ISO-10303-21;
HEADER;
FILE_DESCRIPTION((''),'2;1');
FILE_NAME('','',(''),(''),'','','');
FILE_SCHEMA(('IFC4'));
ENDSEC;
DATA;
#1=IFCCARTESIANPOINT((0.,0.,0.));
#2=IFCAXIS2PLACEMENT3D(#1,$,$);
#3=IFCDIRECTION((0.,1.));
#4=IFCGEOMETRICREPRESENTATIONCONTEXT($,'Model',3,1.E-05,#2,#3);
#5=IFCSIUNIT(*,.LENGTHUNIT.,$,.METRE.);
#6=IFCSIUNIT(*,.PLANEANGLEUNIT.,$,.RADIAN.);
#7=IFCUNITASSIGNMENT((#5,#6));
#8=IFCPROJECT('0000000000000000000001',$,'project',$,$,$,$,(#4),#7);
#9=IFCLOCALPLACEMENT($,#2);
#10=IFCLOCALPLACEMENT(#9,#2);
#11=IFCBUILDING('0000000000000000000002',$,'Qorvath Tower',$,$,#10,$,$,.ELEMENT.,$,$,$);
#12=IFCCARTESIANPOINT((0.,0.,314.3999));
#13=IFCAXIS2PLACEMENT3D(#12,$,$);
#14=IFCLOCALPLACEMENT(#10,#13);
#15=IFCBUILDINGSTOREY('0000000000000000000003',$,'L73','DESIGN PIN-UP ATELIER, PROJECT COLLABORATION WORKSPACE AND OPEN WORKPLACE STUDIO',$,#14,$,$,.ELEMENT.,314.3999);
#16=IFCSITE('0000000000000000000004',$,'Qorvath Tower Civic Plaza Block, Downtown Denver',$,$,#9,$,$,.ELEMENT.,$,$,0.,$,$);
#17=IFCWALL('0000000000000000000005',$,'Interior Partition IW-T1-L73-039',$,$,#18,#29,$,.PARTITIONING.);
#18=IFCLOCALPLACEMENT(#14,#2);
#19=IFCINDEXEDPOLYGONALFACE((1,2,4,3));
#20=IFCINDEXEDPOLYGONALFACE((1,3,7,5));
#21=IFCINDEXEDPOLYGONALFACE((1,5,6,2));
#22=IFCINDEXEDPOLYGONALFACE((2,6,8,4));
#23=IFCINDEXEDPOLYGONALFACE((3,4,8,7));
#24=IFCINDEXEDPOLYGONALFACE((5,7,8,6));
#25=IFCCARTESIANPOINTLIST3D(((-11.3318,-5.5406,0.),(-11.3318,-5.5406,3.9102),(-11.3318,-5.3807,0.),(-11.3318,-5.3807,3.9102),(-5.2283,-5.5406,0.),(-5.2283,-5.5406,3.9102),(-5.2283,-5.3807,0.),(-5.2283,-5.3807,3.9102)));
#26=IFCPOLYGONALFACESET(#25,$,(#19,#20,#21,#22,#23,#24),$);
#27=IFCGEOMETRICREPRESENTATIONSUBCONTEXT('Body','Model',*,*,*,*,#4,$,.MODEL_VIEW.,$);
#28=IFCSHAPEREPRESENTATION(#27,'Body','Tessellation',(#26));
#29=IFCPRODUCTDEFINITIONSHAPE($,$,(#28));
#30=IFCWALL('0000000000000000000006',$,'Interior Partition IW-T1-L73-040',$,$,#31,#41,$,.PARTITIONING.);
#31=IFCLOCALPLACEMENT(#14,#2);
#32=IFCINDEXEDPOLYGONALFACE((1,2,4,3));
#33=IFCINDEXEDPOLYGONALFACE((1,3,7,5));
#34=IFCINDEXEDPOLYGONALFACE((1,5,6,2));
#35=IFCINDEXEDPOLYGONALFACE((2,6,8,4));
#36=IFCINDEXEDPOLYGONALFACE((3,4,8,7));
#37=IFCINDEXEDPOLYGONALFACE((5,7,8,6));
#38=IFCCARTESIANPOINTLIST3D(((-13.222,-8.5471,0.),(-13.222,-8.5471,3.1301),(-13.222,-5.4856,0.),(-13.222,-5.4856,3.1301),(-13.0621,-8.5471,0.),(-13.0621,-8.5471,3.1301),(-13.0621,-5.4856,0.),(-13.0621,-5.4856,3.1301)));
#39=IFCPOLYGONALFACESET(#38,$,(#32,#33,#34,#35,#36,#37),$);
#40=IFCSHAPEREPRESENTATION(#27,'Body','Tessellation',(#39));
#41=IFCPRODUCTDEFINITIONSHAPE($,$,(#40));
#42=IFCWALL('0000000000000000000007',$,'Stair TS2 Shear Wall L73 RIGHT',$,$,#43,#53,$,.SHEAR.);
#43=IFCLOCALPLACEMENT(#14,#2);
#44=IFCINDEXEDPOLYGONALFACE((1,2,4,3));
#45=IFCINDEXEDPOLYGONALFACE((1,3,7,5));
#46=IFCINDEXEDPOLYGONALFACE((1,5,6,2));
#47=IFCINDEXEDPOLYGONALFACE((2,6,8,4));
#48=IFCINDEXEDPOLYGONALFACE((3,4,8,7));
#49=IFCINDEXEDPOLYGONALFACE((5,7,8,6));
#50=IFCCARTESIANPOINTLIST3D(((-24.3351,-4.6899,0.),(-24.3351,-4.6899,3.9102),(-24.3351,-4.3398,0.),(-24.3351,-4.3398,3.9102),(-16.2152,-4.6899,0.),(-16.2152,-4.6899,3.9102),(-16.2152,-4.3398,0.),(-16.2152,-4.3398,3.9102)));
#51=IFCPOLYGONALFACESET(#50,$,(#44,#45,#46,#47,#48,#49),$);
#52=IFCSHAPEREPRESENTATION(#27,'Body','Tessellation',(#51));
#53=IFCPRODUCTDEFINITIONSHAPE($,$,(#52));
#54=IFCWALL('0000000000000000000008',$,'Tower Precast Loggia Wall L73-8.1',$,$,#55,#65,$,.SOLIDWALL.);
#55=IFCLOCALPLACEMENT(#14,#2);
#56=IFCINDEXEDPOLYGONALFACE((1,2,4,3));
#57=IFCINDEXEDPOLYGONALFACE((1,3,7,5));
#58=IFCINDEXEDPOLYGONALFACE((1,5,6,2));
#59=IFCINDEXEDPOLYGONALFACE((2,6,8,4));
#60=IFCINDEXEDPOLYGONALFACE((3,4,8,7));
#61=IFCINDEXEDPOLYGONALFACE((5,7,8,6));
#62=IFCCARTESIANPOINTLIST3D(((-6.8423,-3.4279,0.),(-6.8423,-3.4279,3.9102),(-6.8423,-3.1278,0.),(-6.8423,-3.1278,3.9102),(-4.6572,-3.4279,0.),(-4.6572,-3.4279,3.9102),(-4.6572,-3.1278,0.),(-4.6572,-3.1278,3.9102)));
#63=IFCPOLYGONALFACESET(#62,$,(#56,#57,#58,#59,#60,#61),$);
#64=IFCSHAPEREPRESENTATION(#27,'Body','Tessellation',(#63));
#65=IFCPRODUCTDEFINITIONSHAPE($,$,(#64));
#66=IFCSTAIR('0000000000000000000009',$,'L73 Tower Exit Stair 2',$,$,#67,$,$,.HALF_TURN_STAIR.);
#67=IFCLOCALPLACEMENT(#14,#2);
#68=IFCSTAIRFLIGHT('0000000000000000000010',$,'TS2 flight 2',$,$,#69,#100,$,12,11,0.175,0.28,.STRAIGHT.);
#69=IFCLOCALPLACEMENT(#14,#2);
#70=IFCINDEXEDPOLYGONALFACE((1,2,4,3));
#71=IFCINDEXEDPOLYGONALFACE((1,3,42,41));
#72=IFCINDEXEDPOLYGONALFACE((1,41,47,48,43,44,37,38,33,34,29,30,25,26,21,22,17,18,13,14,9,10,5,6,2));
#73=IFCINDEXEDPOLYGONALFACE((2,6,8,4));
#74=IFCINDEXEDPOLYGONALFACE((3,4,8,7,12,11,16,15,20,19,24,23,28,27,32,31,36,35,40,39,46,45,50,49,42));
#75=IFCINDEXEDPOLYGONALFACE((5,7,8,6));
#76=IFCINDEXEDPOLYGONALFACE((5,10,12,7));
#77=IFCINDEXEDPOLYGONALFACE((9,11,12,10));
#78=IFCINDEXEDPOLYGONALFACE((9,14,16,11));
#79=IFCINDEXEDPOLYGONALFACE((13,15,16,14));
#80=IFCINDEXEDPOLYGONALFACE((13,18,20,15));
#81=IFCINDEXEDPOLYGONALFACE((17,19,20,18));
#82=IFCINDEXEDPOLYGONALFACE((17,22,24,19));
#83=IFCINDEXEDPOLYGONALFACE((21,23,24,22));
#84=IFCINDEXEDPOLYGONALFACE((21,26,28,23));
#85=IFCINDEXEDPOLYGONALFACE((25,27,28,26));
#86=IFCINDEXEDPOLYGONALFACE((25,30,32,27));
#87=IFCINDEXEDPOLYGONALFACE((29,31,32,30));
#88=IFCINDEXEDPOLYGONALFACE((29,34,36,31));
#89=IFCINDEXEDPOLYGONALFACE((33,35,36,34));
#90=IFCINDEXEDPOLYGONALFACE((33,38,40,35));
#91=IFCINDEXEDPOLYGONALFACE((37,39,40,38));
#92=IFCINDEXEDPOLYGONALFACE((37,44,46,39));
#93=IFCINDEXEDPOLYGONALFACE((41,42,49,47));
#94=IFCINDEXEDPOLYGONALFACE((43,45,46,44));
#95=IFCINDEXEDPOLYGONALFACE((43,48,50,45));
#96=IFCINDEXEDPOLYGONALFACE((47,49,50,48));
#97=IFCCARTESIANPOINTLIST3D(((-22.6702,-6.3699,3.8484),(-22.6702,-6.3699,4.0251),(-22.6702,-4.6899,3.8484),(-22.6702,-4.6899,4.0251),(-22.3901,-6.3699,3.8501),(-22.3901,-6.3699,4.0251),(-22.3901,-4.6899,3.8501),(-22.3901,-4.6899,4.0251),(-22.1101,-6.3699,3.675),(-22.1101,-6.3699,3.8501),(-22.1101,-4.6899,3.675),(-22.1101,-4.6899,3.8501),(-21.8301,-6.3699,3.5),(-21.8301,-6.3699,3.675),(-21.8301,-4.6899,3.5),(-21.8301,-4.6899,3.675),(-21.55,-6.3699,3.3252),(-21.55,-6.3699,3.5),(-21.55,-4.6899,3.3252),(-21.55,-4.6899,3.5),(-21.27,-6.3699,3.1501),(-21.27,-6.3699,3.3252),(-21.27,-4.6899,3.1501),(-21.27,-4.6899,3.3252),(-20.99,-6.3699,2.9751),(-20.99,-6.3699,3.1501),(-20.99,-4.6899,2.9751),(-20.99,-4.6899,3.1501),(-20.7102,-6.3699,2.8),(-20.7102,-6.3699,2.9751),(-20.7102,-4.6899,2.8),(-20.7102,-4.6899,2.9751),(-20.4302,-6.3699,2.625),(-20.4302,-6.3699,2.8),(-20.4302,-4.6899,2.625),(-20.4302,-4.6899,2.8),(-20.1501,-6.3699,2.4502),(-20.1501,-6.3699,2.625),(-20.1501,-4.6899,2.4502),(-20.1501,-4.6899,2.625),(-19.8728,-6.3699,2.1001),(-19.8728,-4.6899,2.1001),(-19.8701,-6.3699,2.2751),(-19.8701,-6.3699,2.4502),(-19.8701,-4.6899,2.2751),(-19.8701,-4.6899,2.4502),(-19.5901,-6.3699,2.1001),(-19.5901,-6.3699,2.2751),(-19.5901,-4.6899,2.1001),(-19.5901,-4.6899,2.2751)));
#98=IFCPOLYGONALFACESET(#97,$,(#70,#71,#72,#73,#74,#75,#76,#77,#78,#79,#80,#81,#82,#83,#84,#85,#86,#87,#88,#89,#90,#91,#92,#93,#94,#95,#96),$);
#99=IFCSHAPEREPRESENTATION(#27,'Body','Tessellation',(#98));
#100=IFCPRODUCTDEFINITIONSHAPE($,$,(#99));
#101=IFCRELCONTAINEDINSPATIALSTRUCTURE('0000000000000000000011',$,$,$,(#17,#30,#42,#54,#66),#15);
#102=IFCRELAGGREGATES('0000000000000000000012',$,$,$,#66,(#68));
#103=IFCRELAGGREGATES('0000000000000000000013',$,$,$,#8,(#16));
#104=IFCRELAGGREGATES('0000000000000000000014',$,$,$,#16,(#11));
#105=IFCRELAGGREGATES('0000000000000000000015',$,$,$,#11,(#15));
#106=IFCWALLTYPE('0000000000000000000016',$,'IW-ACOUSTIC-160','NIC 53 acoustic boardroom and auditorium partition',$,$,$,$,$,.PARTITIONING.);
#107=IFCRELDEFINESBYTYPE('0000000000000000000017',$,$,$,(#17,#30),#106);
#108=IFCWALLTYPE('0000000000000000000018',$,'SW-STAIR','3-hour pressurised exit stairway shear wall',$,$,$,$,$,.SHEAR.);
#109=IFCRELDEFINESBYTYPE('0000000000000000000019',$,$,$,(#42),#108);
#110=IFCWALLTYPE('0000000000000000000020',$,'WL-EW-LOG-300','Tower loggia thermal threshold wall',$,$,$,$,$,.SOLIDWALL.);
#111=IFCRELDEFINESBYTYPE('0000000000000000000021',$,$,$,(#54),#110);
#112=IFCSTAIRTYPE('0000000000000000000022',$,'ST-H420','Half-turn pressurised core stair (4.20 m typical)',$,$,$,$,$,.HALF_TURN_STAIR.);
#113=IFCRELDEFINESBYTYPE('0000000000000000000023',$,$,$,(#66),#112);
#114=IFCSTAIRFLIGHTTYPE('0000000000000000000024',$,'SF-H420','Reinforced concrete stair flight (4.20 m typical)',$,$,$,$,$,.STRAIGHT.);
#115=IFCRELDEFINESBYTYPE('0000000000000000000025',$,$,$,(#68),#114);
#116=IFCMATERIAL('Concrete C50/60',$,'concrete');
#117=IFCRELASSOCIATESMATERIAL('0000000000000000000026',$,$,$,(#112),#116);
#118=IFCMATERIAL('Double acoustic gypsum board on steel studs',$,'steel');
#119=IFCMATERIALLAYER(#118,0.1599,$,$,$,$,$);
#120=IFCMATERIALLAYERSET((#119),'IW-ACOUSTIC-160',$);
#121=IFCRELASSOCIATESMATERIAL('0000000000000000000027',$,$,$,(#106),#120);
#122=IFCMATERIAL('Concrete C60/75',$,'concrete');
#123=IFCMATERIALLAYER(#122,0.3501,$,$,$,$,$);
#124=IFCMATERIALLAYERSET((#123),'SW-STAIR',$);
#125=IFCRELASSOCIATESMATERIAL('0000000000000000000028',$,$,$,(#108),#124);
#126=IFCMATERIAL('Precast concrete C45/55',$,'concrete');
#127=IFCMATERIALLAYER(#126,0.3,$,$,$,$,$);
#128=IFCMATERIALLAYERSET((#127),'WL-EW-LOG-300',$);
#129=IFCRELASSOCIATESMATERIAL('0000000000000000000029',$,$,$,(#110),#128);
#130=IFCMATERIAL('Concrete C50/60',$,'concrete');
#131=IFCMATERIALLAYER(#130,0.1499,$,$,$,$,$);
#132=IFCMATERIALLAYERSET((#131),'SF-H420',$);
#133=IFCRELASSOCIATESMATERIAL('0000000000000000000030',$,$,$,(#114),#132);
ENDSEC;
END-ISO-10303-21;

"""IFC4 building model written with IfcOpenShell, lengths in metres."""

from ifc_helpers import new_model, si_unit, direction, frame, frame_2d, origin, place, context, subcontext, project, spatial, polyline, rectangle, outline, extrude, material, layer, layer_set, type_object, element, aggregate, save


model = new_model("IFC4")

# Units and contexts
model_context = context("Model", 3, precision=1e-05, world=origin(), true_north=direction((0.0, 1.0)))
body_context = subcontext(model_context, "Body", "Model", "MODEL_VIEW")
ifc_project = project(units=[si_unit("LENGTHUNIT", "METRE"), si_unit("PLANEANGLEUNIT", "RADIAN")], contexts=[model_context])

# Site, building, storey
site_placement = place(None, origin())
site = spatial("IfcSite", under=ifc_project, at=site_placement, Name="Qorvath Tower Civic Plaza Block, Downtown Denver", CompositionType="ELEMENT", RefElevation=0.0)
building_placement = place(site_placement, origin())
building = spatial("IfcBuilding", under=site, at=building_placement, Name="Qorvath Tower", CompositionType="ELEMENT")
storey_placement = place(building_placement, frame((0.0, 0.0, 314.3999)))
storey = spatial("IfcBuildingStorey", under=building, at=storey_placement, Name="L73", Description="DESIGN PIN-UP ATELIER, PROJECT COLLABORATION WORKSPACE AND OPEN WORKPLACE STUDIO", CompositionType="ELEMENT", Elevation=314.3999)

# Shared definitions
ifc_material_1 = material(Name="Concrete C50/60", Category="concrete")
stair_type = type_object("IfcStairType", Name="ST-H420", Description="Half-turn pressurised core stair (4.20 m typical)", PredefinedType="HALF_TURN_STAIR", material=ifc_material_1)

# Shared definitions
ifc_material_2 = material(Name="Double acoustic gypsum board on steel studs", Category="steel")
ifc_layer_1 = layer(ifc_material_2, 0.1599)
ifc_layer_set_1 = layer_set([ifc_layer_1], Name="IW-ACOUSTIC-160")
wall_type_1 = type_object("IfcWallType", Name="IW-ACOUSTIC-160", Description="NIC 53 acoustic boardroom and auditorium partition", PredefinedType="PARTITIONING", material=ifc_layer_set_1)

# Walls
wall_1_placement = place(storey_placement, frame((-5.2283, -5.4607, 0.0), z_axis=(0.0, 0.0, 1.0), x_axis=(-1.0, 0.0, 0.0)))
element("IfcWall", 1, at=wall_1_placement, inside=storey, type_object=wall_type_1, Name="Interior Partition IW-T1-L73-039", PredefinedType="PARTITIONING", context=body_context, shape_type="SweptSolid", body=[
    extrude(rectangle(XDim=6.1035, YDim=0.1599, at=frame_2d((3.0518, 0.0))), origin(), (0.0, 0.0, 1.0), 3.9102),
])
wall_2_placement = place(storey_placement, frame((-13.1421, -5.4856, 0.0), z_axis=(0.0, 0.0, 1.0), x_axis=(0.0, -1.0, 0.0)))
element("IfcWall", 2, at=wall_2_placement, inside=storey, type_object=wall_type_1, Name="Interior Partition IW-T1-L73-040", PredefinedType="PARTITIONING", context=body_context, shape_type="SweptSolid", body=[
    extrude(rectangle(XDim=3.0615, YDim=0.1599, at=frame_2d((1.5308, 0.0))), origin(), (0.0, 0.0, 1.0), 3.1301),
])
ifc_material_3 = material(Name="Concrete C60/75", Category="concrete")
ifc_layer_2 = layer(ifc_material_3, 0.3501)
ifc_layer_set_2 = layer_set([ifc_layer_2], Name="SW-STAIR")
wall_type_2 = type_object("IfcWallType", Name="SW-STAIR", Description="3-hour pressurised exit stairway shear wall", PredefinedType="SHEAR", material=ifc_layer_set_2)
wall_3_placement = place(storey_placement, frame((-16.2151, -4.5149, 0.0), z_axis=(0.0, 0.0, 1.0), x_axis=(-1.0, 0.0, 0.0)))
element("IfcWall", 3, at=wall_3_placement, inside=storey, type_object=wall_type_2, Name="Stair TS2 Shear Wall L73 RIGHT", PredefinedType="SHEAR", context=body_context, shape_type="SweptSolid", body=[
    extrude(rectangle(XDim=8.1199, YDim=0.3501, at=frame_2d((4.0601, 0.0))), origin(), (0.0, 0.0, 1.0), 3.9102),
])
ifc_material_4 = material(Name="Precast concrete C45/55", Category="concrete")
ifc_layer_3 = layer(ifc_material_4, 0.3)
ifc_layer_set_3 = layer_set([ifc_layer_3], Name="WL-EW-LOG-300")
wall_type_3 = type_object("IfcWallType", Name="WL-EW-LOG-300", Description="Tower loggia thermal threshold wall", PredefinedType="SOLIDWALL", material=ifc_layer_set_3)
wall_4_placement = place(storey_placement, frame((-4.6572, -3.2778, 0.0), z_axis=(0.0, 0.0, 1.0), x_axis=(-1.0, 0.0, 0.0)))
element("IfcWall", 4, at=wall_4_placement, inside=storey, type_object=wall_type_3, Name="Tower Precast Loggia Wall L73-8.1", PredefinedType="SOLIDWALL", context=body_context, shape_type="SweptSolid", body=[
    extrude(rectangle(XDim=2.1851, YDim=0.3, at=frame_2d((1.0925, 0.0))), origin(), (0.0, 0.0, 1.0), 3.9102),
])

# Stair, stair flight
stair_1_placement = place(storey_placement, origin())
stair_1 = element("IfcStair", 5, at=stair_1_placement, inside=storey, type_object=stair_type, Name="L73 Tower Exit Stair 2", PredefinedType="HALF_TURN_STAIR")
ifc_material_5 = material(Name="Concrete C50/60", Category="concrete")
ifc_layer_4 = layer(ifc_material_5, 0.1499)
ifc_layer_set_4 = layer_set([ifc_layer_4], Name="SF-H420")
stair_flight_type = type_object("IfcStairFlightType", Name="SF-H420", Description="Reinforced concrete stair flight (4.20 m typical)", PredefinedType="STRAIGHT", material=ifc_layer_set_4)
stair_flight_placement = place(storey_placement, frame((-19.5901, -5.53, 2.1001), z_axis=(0.0, 0.0, 1.0), x_axis=(-1.0, 0.0, 0.0)))
stair_flight = element("IfcStairFlight", 6, at=stair_flight_placement, type_object=stair_flight_type, Name="TS2 flight 2", NumberOfRisers=12, NumberOfTreads=11, PredefinedType="STRAIGHT", RiserHeight=0.175, TreadLength=0.28, context=body_context, shape_type="SweptSolid", body=[
    extrude(outline(polyline([(0.0, 0.0), (0.0, 0.175), (0.28, 0.175), (0.28, 0.3501), (0.5601, 0.3501), (0.5601, 0.5249), (0.8401, 0.5249), (0.8401, 0.7), (1.1201, 0.7), (1.1201, 0.875), (1.3999, 0.875), (1.3999, 1.05), (1.6799, 1.05), (1.6799, 1.2251), (1.96, 1.2251), (1.96, 1.3999), (2.24, 1.3999), (2.24, 1.575), (2.52, 1.575), (2.52, 1.75), (2.8, 1.75), (2.8, 1.925), (3.0801, 1.925), (3.0801, 2.1001), (3.0801, 1.7483), (0.2827, 0.0), (0.0, 0.0)])), frame((0.0, 0.8398, 0.0), z_axis=(0.0, -1.0, 0.0), x_axis=(1.0, 0.0, 0.0)), (0.0, 0.0, 1.0), 1.6799),
])
aggregate(stair_1, [stair_flight])

save(model, "model.ifc")
